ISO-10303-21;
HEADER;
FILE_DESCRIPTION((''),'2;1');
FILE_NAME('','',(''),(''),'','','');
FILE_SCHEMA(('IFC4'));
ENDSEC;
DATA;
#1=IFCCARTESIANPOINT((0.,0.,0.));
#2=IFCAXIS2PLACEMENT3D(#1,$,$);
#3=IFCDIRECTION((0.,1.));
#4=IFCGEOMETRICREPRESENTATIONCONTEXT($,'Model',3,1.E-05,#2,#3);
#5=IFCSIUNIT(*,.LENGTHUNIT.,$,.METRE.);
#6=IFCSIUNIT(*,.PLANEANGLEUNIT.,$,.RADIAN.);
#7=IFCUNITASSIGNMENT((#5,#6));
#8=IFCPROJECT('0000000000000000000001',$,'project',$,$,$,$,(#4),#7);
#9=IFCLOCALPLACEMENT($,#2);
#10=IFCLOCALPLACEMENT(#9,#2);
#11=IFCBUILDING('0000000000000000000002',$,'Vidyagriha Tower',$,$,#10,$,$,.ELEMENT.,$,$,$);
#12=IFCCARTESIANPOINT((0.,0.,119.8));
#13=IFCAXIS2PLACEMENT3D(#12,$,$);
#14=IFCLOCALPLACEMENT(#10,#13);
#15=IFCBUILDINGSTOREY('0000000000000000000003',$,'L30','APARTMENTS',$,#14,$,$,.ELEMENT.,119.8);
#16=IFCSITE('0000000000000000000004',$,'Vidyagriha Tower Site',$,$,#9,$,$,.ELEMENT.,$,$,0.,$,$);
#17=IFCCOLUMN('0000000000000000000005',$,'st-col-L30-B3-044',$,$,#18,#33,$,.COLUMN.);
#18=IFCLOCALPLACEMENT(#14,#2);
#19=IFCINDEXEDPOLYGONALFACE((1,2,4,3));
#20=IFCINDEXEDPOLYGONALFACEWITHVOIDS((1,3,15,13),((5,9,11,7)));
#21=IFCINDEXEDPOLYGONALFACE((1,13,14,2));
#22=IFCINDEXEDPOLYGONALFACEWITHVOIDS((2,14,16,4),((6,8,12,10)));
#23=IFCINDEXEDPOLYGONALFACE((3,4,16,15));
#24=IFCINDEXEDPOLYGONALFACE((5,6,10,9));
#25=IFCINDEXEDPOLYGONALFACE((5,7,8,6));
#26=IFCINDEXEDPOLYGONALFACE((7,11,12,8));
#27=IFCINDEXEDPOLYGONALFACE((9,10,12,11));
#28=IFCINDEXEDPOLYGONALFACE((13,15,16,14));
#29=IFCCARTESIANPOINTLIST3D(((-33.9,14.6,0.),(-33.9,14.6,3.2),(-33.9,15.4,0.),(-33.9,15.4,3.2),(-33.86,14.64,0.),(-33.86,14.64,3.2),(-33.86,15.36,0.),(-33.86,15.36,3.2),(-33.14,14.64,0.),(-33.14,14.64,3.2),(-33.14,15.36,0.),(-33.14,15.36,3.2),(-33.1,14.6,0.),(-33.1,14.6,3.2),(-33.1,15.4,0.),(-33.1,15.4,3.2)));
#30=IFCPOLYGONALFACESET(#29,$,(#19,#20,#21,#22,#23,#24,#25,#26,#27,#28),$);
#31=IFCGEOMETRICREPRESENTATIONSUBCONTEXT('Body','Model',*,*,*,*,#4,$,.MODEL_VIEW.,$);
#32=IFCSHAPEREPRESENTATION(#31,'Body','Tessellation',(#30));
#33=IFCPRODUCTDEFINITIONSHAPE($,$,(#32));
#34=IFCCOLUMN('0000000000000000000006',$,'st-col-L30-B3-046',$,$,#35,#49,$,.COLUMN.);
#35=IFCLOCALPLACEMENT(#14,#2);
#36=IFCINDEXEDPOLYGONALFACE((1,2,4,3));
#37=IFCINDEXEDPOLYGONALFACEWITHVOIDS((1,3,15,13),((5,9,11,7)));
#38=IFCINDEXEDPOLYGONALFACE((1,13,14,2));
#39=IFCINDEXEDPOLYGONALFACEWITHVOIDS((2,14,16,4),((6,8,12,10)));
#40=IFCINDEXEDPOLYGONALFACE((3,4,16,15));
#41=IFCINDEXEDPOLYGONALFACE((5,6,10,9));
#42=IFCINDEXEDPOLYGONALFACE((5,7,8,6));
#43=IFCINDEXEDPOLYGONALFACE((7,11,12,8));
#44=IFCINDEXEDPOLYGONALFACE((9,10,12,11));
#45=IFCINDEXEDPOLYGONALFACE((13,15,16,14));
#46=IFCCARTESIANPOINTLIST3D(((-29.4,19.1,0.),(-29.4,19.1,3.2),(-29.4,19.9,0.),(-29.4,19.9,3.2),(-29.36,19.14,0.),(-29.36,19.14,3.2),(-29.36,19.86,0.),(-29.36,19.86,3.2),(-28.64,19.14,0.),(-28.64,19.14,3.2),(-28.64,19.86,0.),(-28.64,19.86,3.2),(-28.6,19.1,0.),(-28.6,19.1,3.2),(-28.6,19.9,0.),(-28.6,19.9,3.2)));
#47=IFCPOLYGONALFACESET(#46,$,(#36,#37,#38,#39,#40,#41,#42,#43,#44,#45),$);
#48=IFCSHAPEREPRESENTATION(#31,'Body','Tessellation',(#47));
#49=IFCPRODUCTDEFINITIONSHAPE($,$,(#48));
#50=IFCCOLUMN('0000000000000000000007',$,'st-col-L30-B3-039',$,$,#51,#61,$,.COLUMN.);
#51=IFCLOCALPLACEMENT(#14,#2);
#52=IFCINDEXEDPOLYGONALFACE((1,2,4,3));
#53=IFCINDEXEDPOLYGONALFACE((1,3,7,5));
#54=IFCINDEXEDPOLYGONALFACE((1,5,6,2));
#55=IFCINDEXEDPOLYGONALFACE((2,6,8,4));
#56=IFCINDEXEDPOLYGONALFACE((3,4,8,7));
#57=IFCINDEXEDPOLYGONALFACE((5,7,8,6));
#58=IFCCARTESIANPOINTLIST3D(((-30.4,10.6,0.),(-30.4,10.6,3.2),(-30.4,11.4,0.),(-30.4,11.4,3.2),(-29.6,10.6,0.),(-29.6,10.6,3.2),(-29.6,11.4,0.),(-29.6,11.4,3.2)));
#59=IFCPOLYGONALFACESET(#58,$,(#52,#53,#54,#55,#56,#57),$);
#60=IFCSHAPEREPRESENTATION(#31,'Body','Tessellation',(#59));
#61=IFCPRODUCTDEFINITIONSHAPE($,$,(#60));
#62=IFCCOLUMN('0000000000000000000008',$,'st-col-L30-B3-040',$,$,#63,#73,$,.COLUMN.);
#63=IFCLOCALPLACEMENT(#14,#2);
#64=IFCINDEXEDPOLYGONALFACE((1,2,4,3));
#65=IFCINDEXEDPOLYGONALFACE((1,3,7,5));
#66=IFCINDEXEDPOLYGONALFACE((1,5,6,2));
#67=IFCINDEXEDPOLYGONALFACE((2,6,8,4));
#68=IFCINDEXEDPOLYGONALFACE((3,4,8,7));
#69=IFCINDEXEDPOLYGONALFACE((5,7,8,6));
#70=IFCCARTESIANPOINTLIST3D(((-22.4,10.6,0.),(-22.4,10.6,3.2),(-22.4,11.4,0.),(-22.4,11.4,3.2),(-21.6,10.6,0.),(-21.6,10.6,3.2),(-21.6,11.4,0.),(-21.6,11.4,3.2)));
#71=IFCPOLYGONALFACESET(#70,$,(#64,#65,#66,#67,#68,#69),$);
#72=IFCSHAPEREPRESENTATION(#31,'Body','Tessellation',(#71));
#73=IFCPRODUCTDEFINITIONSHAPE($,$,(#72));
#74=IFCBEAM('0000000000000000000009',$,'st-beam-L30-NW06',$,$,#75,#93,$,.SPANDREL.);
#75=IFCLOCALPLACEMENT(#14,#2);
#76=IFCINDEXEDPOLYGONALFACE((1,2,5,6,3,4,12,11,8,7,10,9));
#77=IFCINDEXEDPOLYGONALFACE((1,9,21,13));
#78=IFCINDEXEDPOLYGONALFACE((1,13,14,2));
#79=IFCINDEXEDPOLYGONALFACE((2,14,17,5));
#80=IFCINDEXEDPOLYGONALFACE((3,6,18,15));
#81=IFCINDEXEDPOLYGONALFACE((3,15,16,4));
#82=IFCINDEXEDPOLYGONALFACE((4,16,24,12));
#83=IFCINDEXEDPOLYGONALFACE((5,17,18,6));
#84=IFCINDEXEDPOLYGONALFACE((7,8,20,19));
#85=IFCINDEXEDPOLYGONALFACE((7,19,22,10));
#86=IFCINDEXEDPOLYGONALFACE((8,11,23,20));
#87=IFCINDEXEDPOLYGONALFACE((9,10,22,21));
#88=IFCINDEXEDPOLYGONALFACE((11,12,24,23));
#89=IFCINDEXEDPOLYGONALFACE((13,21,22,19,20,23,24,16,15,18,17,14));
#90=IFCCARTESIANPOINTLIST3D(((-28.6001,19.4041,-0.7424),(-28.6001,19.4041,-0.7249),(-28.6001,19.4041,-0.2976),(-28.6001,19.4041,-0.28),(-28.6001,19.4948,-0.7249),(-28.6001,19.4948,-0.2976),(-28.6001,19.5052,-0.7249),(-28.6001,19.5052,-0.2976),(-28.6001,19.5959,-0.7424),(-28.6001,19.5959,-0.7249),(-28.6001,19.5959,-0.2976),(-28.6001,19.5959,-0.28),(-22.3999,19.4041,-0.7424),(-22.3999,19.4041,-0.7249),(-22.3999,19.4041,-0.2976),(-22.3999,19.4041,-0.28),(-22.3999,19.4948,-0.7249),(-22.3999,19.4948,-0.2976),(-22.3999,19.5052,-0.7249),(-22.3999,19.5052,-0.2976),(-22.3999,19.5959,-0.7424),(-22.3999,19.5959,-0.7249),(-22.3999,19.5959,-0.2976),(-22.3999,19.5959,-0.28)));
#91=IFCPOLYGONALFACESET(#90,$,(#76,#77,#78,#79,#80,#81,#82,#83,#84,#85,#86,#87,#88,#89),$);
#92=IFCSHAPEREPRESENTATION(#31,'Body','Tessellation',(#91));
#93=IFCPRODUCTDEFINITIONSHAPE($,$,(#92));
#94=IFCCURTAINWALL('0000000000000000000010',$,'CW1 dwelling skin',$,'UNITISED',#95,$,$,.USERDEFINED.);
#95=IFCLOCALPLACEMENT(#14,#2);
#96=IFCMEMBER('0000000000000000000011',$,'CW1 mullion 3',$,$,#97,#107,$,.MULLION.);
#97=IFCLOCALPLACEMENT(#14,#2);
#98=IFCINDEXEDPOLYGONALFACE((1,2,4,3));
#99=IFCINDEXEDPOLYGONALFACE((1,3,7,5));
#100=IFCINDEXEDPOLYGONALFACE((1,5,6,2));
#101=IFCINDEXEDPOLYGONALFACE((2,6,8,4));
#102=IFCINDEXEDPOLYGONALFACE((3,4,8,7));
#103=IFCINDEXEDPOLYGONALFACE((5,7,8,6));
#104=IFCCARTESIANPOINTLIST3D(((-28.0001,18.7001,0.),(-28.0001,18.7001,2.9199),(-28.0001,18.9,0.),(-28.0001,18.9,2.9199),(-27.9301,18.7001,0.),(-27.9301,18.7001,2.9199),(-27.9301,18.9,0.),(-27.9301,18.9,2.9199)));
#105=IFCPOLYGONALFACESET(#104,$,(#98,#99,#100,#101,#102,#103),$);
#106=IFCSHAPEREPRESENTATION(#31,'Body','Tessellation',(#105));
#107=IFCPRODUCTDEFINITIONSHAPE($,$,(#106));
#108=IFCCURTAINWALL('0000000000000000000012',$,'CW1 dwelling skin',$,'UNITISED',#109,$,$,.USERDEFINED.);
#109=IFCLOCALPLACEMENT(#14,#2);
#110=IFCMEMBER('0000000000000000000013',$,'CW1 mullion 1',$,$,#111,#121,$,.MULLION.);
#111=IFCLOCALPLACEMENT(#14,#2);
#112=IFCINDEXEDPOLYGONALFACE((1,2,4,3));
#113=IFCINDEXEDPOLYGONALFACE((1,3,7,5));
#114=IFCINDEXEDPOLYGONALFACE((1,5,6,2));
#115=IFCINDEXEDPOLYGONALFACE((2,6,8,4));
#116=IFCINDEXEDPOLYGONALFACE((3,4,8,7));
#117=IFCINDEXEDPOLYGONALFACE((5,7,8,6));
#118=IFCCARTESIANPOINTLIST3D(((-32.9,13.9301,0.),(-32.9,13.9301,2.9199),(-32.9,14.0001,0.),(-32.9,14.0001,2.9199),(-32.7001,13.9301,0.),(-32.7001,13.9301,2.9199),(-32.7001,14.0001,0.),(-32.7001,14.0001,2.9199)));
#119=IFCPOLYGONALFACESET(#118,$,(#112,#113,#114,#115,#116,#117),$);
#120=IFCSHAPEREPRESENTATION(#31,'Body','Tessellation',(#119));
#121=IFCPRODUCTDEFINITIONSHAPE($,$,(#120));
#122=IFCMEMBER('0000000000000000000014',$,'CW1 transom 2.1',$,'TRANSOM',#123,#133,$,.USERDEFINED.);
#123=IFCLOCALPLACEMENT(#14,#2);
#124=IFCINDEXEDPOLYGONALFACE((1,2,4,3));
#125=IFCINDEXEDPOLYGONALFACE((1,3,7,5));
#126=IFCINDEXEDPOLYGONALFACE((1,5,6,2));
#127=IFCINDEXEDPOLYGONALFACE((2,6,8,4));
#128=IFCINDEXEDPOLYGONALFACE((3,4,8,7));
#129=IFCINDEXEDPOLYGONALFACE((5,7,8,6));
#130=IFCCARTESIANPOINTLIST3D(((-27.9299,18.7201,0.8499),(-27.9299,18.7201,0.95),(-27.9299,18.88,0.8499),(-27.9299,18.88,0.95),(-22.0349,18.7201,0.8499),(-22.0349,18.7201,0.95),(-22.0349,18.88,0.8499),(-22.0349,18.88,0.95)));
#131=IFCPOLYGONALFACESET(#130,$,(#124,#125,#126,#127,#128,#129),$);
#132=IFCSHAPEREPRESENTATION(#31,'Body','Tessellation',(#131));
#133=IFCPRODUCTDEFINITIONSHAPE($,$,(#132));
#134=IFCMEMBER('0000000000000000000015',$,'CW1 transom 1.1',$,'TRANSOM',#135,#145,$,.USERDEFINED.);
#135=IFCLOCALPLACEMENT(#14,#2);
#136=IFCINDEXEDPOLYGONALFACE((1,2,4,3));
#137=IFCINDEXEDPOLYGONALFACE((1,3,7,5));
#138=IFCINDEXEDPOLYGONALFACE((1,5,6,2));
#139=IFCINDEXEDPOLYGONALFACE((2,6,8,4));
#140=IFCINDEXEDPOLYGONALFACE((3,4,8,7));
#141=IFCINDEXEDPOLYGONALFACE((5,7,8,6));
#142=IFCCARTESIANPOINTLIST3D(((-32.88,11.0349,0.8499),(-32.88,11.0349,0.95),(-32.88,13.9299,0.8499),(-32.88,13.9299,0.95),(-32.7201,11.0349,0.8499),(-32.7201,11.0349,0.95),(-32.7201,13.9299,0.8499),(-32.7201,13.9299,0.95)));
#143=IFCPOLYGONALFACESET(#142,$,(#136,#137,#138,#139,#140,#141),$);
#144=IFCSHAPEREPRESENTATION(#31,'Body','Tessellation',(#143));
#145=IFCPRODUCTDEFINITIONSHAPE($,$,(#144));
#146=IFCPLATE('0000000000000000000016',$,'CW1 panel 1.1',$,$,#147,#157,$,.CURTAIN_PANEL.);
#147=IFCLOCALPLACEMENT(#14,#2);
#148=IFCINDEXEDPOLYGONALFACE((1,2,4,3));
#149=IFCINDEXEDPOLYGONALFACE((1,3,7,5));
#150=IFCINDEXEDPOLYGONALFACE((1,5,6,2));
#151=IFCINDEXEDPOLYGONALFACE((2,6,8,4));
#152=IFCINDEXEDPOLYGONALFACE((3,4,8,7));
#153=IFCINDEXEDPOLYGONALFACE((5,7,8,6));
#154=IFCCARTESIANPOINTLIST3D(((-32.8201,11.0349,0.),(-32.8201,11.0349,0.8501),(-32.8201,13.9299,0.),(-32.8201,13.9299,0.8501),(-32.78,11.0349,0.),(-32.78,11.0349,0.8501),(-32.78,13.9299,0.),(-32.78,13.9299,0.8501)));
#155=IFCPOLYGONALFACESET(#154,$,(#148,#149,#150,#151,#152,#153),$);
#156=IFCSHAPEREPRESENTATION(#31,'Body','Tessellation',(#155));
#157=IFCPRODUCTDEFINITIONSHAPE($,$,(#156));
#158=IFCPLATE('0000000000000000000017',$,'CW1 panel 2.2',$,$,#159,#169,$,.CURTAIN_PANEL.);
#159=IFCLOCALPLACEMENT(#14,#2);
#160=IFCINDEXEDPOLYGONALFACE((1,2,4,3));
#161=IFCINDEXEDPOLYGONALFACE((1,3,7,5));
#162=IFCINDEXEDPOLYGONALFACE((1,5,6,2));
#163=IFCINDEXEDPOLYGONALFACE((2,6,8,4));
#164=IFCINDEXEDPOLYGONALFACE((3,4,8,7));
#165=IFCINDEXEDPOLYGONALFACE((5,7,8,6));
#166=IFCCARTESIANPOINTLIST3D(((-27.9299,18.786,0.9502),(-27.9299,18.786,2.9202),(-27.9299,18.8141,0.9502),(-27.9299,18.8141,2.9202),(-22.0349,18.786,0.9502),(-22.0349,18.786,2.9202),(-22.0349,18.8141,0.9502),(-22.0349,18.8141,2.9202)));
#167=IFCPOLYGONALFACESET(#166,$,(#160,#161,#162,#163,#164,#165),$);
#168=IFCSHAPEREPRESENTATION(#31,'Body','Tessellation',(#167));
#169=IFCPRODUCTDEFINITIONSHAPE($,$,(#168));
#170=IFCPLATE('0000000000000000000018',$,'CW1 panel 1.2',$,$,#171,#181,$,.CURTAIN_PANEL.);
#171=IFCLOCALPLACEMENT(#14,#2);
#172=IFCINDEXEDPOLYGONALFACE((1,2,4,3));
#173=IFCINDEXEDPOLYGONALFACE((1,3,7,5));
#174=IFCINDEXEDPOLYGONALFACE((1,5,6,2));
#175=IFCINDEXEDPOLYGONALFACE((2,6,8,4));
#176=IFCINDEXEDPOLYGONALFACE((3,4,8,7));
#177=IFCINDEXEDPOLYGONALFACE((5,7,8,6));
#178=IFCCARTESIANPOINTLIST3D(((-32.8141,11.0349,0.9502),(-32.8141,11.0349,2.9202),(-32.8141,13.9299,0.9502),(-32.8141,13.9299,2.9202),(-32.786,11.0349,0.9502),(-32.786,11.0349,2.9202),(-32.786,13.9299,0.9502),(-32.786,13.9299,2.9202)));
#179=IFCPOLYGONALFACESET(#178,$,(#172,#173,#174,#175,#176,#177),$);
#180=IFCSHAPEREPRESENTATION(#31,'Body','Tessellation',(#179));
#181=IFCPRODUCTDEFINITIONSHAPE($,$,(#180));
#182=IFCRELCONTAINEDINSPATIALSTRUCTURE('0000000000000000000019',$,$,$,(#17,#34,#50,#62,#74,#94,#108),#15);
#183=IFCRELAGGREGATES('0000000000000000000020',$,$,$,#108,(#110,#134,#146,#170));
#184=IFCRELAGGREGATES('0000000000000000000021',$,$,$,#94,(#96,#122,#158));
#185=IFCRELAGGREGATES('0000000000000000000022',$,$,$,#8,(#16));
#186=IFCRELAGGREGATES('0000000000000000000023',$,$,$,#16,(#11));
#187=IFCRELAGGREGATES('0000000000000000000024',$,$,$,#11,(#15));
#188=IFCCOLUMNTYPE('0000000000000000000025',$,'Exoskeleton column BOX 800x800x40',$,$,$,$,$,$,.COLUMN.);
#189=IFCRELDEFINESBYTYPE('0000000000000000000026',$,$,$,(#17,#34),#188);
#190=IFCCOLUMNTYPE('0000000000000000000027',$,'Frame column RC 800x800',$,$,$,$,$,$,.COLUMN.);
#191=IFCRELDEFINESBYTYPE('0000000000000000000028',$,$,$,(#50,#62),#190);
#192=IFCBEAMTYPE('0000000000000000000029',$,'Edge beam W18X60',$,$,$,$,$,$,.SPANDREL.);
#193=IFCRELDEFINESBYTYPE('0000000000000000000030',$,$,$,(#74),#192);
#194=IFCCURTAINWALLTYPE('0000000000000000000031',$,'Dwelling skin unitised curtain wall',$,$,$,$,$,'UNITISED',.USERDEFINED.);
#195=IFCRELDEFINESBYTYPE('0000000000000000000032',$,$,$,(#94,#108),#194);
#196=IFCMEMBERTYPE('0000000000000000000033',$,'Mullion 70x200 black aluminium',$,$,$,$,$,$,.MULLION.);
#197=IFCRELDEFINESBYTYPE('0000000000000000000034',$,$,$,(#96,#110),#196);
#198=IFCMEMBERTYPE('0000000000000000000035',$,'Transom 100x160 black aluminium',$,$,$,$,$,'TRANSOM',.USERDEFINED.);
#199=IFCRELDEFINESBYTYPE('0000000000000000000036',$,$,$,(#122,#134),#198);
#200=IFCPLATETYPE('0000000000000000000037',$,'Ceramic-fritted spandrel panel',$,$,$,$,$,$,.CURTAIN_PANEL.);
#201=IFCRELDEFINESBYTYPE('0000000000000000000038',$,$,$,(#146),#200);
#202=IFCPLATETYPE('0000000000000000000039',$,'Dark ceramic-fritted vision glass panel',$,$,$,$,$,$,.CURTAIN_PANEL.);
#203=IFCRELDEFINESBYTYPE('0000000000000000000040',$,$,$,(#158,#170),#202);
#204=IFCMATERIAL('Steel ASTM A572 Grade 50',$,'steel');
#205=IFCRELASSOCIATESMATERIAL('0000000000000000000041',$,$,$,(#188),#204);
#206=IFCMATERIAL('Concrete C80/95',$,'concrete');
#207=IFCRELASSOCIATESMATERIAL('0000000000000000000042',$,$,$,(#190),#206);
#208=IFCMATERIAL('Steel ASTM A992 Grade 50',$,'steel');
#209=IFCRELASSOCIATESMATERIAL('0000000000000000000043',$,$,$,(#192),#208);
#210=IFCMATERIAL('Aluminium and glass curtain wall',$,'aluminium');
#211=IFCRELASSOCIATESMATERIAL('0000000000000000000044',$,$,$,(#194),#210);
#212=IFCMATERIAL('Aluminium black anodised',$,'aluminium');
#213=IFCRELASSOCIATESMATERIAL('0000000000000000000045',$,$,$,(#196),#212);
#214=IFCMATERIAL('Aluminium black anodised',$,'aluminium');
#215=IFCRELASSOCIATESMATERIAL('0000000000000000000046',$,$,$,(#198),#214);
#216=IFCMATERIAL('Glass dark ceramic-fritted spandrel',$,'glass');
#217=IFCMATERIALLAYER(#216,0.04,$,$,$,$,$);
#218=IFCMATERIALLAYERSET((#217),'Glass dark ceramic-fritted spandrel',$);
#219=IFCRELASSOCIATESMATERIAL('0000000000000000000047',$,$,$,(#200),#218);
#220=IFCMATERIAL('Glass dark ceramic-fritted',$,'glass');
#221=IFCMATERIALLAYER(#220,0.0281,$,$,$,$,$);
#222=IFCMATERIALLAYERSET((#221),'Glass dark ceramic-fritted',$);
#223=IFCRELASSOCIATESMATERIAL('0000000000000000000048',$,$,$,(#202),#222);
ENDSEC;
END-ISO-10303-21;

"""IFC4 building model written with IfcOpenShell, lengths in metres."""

from ifc_helpers import new_model, si_unit, direction, frame, origin, origin_2d, place, context, subcontext, project, spatial, rectangle, hollow_rectangle, i_section, extrude, material, layer, layer_set, material_profile, profile_set, type_object, element, aggregate, save


model = new_model("IFC4")

# Units and contexts
model_context = context("Model", 3, precision=1e-05, world=origin(), true_north=direction((0.0, 1.0)))
body_context = subcontext(model_context, "Body", "Model", "MODEL_VIEW")
ifc_project = project(units=[si_unit("LENGTHUNIT", "METRE"), si_unit("PLANEANGLEUNIT", "RADIAN")], contexts=[model_context])

# Site, building, storey
site_placement = place(None, origin())
site = spatial("IfcSite", under=ifc_project, at=site_placement, Name="Vidyagriha Tower Site", CompositionType="ELEMENT", RefElevation=0.0)
building_placement = place(site_placement, origin())
building = spatial("IfcBuilding", under=site, at=building_placement, Name="Vidyagriha Tower", CompositionType="ELEMENT")
storey_placement = place(building_placement, frame((0.0, 0.0, 119.8)))
storey = spatial("IfcBuildingStorey", under=building, at=storey_placement, Name="L30", Description="APARTMENTS", CompositionType="ELEMENT", Elevation=119.8)

# Columns
ifc_material_1 = material(Name="Steel ASTM A572 Grade 50", Category="steel")
ifc_material_profile_1 = material_profile(ifc_material_1, hollow_rectangle(XDim=0.8, YDim=0.8, WallThickness=0.04, at=origin_2d()), Name="BOX 800x800x40")
ifc_profile_set_1 = profile_set([ifc_material_profile_1], Name="Steel ASTM A572 Grade 50")
column_type_1 = type_object("IfcColumnType", Name="Exoskeleton column BOX 800x800x40", PredefinedType="COLUMN", material=ifc_profile_set_1)
for number, where, name in (
    (1, (-33.5, 15.0, 0.0), "st-col-L30-B3-044"),
    (2, (-29.0, 19.5, 0.0), "st-col-L30-B3-046"),
):
    element("IfcColumn", number, at=place(storey_placement, frame(where)), inside=storey, type_object=column_type_1, Name=name, PredefinedType="COLUMN", context=body_context, shape_type="SweptSolid", body=[
        extrude(hollow_rectangle(XDim=0.8, YDim=0.8, WallThickness=0.04, at=origin_2d()), origin(), (0.0, 0.0, 1.0), 3.2),
    ])
ifc_material_2 = material(Name="Concrete C80/95", Category="concrete")
ifc_material_profile_2 = material_profile(ifc_material_2, rectangle(XDim=0.8, YDim=0.8, at=origin_2d()), Name="RC 800x800")
ifc_profile_set_2 = profile_set([ifc_material_profile_2], Name="Concrete C80/95")
column_type_2 = type_object("IfcColumnType", Name="Frame column RC 800x800", PredefinedType="COLUMN", material=ifc_profile_set_2)
for number, where, name in (
    (3, (-30.0, 11.0, 0.0), "st-col-L30-B3-039"),
    (4, (-22.0, 11.0, 0.0), "st-col-L30-B3-040"),
):
    element("IfcColumn", number, at=place(storey_placement, frame(where)), inside=storey, type_object=column_type_2, Name=name, PredefinedType="COLUMN", context=body_context, shape_type="SweptSolid", body=[
        extrude(rectangle(XDim=0.8, YDim=0.8, at=origin_2d()), origin(), (0.0, 0.0, 1.0), 3.2),
    ])

# Beam
ifc_material_3 = material(Name="Steel ASTM A992 Grade 50", Category="steel")
ifc_material_profile_3 = material_profile(ifc_material_3, i_section(OverallWidth=0.1919, OverallDepth=0.4624, WebThickness=0.0105, FlangeThickness=0.0176, at=origin_2d()), Name="W18X60")
ifc_profile_set_3 = profile_set([ifc_material_profile_3], Name="Steel ASTM A992 Grade 50")
beam_type = type_object("IfcBeamType", Name="Edge beam W18X60", PredefinedType="SPANDREL", material=ifc_profile_set_3)
beam_placement = place(storey_placement, frame((-28.6001, 19.5, -0.5112), z_axis=(1.0, 0.0, 0.0), x_axis=(0.0, 1.0, 0.0)))
element("IfcBeam", 5, at=beam_placement, inside=storey, type_object=beam_type, Name="st-beam-L30-NW06", PredefinedType="SPANDREL", context=body_context, shape_type="SweptSolid", body=[
    extrude(i_section(OverallWidth=0.1919, OverallDepth=0.4624, WebThickness=0.0105, FlangeThickness=0.0176, at=origin_2d()), origin(), (0.0, 0.0, 1.0), 6.2002),
])

# Curtain walls, members
ifc_material_4 = material(Name="Aluminium and glass curtain wall", Category="aluminium")
curtain_wall_type = type_object("IfcCurtainWallType", Name="Dwelling skin unitised curtain wall", ElementType="UNITISED", PredefinedType="USERDEFINED", material=ifc_material_4)
curtain_wall_1_placement = place(storey_placement, origin())
curtain_wall_1 = element("IfcCurtainWall", 6, at=curtain_wall_1_placement, inside=storey, type_object=curtain_wall_type, Name="CW1 dwelling skin", ObjectType="UNITISED", PredefinedType="USERDEFINED")
ifc_material_5 = material(Name="Aluminium black anodised", Category="aluminium")
ifc_material_profile_4 = material_profile(ifc_material_5, rectangle(XDim=0.2, YDim=0.0701, at=origin_2d()), Name="Mullion 70x200 black aluminium")
ifc_profile_set_4 = profile_set([ifc_material_profile_4], Name="Aluminium black anodised")
member_type_1 = type_object("IfcMemberType", Name="Mullion 70x200 black aluminium", PredefinedType="MULLION", material=ifc_profile_set_4)
member_1_placement = place(storey_placement, frame((-27.9651, 18.8, 0.0), z_axis=(0.0, 0.0, 1.0), x_axis=(0.0, -1.0, 0.0)))
member_1 = element("IfcMember", 7, at=member_1_placement, type_object=member_type_1, Name="CW1 mullion 3", PredefinedType="MULLION", context=body_context, shape_type="SweptSolid", body=[
    extrude(rectangle(XDim=0.2, YDim=0.0701, at=origin_2d()), origin(), (0.0, 0.0, 1.0), 2.9199),
])
curtain_wall_2_placement = place(storey_placement, origin())
curtain_wall_2 = element("IfcCurtainWall", 8, at=curtain_wall_2_placement, inside=storey, type_object=curtain_wall_type, Name="CW1 dwelling skin", ObjectType="UNITISED", PredefinedType="USERDEFINED")
member_2_placement = place(storey_placement, frame((-32.8, 13.9651, 0.0)))
member_2 = element("IfcMember", 9, at=member_2_placement, type_object=member_type_1, Name="CW1 mullion 1", PredefinedType="MULLION", context=body_context, shape_type="SweptSolid", body=[
    extrude(rectangle(XDim=0.2, YDim=0.0701, at=origin_2d()), origin(), (0.0, 0.0, 1.0), 2.9199),
])

# Members
ifc_material_6 = material(Name="Aluminium black anodised", Category="aluminium")
ifc_material_profile_5 = material_profile(ifc_material_6, rectangle(XDim=0.1599, YDim=0.1001, at=origin_2d()), Name="Transom 100x160 black aluminium")
ifc_profile_set_5 = profile_set([ifc_material_profile_5], Name="Aluminium black anodised")
member_type_2 = type_object("IfcMemberType", Name="Transom 100x160 black aluminium", ElementType="TRANSOM", PredefinedType="USERDEFINED", material=ifc_profile_set_5)
member_3_placement = place(storey_placement, frame((-22.0349, 18.8, 0.8999), z_axis=(-1.0, 0.0, 0.0), x_axis=(0.0, -1.0, 0.0)))
member_3 = element("IfcMember", 10, at=member_3_placement, type_object=member_type_2, Name="CW1 transom 2.1", ObjectType="TRANSOM", PredefinedType="USERDEFINED", context=body_context, shape_type="SweptSolid", body=[
    extrude(rectangle(XDim=0.1599, YDim=0.1001, at=origin_2d()), origin(), (0.0, 0.0, 1.0), 5.895),
])
member_4_placement = place(storey_placement, frame((-32.8, 13.9299, 0.8999), z_axis=(0.0, -1.0, 0.0), x_axis=(1.0, 0.0, 0.0)))
member_4 = element("IfcMember", 11, at=member_4_placement, type_object=member_type_2, Name="CW1 transom 1.1", ObjectType="TRANSOM", PredefinedType="USERDEFINED", context=body_context, shape_type="SweptSolid", body=[
    extrude(rectangle(XDim=0.1599, YDim=0.1001, at=origin_2d()), origin(), (0.0, 0.0, 1.0), 2.895),
])

# Plates
ifc_material_7 = material(Name="Glass dark ceramic-fritted spandrel", Category="glass")
ifc_layer_1 = layer(ifc_material_7, 0.04)
ifc_layer_set_1 = layer_set([ifc_layer_1], Name="Glass dark ceramic-fritted spandrel")
plate_type_1 = type_object("IfcPlateType", Name="Ceramic-fritted spandrel panel", PredefinedType="CURTAIN_PANEL", material=ifc_layer_set_1)
plate_1_placement = place(storey_placement, frame((-32.8, 12.4824, 0.0), z_axis=(0.0, 0.0, 1.0), x_axis=(0.0, -1.0, 0.0)))
plate_1 = element("IfcPlate", 12, at=plate_1_placement, type_object=plate_type_1, Name="CW1 panel 1.1", PredefinedType="CURTAIN_PANEL", context=body_context, shape_type="SweptSolid", body=[
    extrude(rectangle(XDim=2.895, YDim=0.04, at=origin_2d()), origin(), (0.0, 0.0, 1.0), 0.8501),
])
ifc_material_8 = material(Name="Glass dark ceramic-fritted", Category="glass")
ifc_layer_2 = layer(ifc_material_8, 0.0281)
ifc_layer_set_2 = layer_set([ifc_layer_2], Name="Glass dark ceramic-fritted")
plate_type_2 = type_object("IfcPlateType", Name="Dark ceramic-fritted vision glass panel", PredefinedType="CURTAIN_PANEL", material=ifc_layer_set_2)
plate_2_placement = place(storey_placement, frame((-24.9824, 18.8, 0.9502), z_axis=(0.0, 0.0, 1.0), x_axis=(-1.0, 0.0, 0.0)))
plate_2 = element("IfcPlate", 13, at=plate_2_placement, type_object=plate_type_2, Name="CW1 panel 2.2", PredefinedType="CURTAIN_PANEL", context=body_context, shape_type="SweptSolid", body=[
    extrude(rectangle(XDim=5.895, YDim=0.0281, at=origin_2d()), origin(), (0.0, 0.0, 1.0), 1.97),
])
plate_3_placement = place(storey_placement, frame((-32.8, 12.4824, 0.9502), z_axis=(0.0, 0.0, 1.0), x_axis=(0.0, -1.0, 0.0)))
plate_3 = element("IfcPlate", 14, at=plate_3_placement, type_object=plate_type_2, Name="CW1 panel 1.2", PredefinedType="CURTAIN_PANEL", context=body_context, shape_type="SweptSolid", body=[
    extrude(rectangle(XDim=2.895, YDim=0.0281, at=origin_2d()), origin(), (0.0, 0.0, 1.0), 1.97),
])
aggregate(curtain_wall_2, [member_2, member_4, plate_1, plate_3])
aggregate(curtain_wall_1, [member_1, member_3, plate_2])

save(model, "model.ifc")
